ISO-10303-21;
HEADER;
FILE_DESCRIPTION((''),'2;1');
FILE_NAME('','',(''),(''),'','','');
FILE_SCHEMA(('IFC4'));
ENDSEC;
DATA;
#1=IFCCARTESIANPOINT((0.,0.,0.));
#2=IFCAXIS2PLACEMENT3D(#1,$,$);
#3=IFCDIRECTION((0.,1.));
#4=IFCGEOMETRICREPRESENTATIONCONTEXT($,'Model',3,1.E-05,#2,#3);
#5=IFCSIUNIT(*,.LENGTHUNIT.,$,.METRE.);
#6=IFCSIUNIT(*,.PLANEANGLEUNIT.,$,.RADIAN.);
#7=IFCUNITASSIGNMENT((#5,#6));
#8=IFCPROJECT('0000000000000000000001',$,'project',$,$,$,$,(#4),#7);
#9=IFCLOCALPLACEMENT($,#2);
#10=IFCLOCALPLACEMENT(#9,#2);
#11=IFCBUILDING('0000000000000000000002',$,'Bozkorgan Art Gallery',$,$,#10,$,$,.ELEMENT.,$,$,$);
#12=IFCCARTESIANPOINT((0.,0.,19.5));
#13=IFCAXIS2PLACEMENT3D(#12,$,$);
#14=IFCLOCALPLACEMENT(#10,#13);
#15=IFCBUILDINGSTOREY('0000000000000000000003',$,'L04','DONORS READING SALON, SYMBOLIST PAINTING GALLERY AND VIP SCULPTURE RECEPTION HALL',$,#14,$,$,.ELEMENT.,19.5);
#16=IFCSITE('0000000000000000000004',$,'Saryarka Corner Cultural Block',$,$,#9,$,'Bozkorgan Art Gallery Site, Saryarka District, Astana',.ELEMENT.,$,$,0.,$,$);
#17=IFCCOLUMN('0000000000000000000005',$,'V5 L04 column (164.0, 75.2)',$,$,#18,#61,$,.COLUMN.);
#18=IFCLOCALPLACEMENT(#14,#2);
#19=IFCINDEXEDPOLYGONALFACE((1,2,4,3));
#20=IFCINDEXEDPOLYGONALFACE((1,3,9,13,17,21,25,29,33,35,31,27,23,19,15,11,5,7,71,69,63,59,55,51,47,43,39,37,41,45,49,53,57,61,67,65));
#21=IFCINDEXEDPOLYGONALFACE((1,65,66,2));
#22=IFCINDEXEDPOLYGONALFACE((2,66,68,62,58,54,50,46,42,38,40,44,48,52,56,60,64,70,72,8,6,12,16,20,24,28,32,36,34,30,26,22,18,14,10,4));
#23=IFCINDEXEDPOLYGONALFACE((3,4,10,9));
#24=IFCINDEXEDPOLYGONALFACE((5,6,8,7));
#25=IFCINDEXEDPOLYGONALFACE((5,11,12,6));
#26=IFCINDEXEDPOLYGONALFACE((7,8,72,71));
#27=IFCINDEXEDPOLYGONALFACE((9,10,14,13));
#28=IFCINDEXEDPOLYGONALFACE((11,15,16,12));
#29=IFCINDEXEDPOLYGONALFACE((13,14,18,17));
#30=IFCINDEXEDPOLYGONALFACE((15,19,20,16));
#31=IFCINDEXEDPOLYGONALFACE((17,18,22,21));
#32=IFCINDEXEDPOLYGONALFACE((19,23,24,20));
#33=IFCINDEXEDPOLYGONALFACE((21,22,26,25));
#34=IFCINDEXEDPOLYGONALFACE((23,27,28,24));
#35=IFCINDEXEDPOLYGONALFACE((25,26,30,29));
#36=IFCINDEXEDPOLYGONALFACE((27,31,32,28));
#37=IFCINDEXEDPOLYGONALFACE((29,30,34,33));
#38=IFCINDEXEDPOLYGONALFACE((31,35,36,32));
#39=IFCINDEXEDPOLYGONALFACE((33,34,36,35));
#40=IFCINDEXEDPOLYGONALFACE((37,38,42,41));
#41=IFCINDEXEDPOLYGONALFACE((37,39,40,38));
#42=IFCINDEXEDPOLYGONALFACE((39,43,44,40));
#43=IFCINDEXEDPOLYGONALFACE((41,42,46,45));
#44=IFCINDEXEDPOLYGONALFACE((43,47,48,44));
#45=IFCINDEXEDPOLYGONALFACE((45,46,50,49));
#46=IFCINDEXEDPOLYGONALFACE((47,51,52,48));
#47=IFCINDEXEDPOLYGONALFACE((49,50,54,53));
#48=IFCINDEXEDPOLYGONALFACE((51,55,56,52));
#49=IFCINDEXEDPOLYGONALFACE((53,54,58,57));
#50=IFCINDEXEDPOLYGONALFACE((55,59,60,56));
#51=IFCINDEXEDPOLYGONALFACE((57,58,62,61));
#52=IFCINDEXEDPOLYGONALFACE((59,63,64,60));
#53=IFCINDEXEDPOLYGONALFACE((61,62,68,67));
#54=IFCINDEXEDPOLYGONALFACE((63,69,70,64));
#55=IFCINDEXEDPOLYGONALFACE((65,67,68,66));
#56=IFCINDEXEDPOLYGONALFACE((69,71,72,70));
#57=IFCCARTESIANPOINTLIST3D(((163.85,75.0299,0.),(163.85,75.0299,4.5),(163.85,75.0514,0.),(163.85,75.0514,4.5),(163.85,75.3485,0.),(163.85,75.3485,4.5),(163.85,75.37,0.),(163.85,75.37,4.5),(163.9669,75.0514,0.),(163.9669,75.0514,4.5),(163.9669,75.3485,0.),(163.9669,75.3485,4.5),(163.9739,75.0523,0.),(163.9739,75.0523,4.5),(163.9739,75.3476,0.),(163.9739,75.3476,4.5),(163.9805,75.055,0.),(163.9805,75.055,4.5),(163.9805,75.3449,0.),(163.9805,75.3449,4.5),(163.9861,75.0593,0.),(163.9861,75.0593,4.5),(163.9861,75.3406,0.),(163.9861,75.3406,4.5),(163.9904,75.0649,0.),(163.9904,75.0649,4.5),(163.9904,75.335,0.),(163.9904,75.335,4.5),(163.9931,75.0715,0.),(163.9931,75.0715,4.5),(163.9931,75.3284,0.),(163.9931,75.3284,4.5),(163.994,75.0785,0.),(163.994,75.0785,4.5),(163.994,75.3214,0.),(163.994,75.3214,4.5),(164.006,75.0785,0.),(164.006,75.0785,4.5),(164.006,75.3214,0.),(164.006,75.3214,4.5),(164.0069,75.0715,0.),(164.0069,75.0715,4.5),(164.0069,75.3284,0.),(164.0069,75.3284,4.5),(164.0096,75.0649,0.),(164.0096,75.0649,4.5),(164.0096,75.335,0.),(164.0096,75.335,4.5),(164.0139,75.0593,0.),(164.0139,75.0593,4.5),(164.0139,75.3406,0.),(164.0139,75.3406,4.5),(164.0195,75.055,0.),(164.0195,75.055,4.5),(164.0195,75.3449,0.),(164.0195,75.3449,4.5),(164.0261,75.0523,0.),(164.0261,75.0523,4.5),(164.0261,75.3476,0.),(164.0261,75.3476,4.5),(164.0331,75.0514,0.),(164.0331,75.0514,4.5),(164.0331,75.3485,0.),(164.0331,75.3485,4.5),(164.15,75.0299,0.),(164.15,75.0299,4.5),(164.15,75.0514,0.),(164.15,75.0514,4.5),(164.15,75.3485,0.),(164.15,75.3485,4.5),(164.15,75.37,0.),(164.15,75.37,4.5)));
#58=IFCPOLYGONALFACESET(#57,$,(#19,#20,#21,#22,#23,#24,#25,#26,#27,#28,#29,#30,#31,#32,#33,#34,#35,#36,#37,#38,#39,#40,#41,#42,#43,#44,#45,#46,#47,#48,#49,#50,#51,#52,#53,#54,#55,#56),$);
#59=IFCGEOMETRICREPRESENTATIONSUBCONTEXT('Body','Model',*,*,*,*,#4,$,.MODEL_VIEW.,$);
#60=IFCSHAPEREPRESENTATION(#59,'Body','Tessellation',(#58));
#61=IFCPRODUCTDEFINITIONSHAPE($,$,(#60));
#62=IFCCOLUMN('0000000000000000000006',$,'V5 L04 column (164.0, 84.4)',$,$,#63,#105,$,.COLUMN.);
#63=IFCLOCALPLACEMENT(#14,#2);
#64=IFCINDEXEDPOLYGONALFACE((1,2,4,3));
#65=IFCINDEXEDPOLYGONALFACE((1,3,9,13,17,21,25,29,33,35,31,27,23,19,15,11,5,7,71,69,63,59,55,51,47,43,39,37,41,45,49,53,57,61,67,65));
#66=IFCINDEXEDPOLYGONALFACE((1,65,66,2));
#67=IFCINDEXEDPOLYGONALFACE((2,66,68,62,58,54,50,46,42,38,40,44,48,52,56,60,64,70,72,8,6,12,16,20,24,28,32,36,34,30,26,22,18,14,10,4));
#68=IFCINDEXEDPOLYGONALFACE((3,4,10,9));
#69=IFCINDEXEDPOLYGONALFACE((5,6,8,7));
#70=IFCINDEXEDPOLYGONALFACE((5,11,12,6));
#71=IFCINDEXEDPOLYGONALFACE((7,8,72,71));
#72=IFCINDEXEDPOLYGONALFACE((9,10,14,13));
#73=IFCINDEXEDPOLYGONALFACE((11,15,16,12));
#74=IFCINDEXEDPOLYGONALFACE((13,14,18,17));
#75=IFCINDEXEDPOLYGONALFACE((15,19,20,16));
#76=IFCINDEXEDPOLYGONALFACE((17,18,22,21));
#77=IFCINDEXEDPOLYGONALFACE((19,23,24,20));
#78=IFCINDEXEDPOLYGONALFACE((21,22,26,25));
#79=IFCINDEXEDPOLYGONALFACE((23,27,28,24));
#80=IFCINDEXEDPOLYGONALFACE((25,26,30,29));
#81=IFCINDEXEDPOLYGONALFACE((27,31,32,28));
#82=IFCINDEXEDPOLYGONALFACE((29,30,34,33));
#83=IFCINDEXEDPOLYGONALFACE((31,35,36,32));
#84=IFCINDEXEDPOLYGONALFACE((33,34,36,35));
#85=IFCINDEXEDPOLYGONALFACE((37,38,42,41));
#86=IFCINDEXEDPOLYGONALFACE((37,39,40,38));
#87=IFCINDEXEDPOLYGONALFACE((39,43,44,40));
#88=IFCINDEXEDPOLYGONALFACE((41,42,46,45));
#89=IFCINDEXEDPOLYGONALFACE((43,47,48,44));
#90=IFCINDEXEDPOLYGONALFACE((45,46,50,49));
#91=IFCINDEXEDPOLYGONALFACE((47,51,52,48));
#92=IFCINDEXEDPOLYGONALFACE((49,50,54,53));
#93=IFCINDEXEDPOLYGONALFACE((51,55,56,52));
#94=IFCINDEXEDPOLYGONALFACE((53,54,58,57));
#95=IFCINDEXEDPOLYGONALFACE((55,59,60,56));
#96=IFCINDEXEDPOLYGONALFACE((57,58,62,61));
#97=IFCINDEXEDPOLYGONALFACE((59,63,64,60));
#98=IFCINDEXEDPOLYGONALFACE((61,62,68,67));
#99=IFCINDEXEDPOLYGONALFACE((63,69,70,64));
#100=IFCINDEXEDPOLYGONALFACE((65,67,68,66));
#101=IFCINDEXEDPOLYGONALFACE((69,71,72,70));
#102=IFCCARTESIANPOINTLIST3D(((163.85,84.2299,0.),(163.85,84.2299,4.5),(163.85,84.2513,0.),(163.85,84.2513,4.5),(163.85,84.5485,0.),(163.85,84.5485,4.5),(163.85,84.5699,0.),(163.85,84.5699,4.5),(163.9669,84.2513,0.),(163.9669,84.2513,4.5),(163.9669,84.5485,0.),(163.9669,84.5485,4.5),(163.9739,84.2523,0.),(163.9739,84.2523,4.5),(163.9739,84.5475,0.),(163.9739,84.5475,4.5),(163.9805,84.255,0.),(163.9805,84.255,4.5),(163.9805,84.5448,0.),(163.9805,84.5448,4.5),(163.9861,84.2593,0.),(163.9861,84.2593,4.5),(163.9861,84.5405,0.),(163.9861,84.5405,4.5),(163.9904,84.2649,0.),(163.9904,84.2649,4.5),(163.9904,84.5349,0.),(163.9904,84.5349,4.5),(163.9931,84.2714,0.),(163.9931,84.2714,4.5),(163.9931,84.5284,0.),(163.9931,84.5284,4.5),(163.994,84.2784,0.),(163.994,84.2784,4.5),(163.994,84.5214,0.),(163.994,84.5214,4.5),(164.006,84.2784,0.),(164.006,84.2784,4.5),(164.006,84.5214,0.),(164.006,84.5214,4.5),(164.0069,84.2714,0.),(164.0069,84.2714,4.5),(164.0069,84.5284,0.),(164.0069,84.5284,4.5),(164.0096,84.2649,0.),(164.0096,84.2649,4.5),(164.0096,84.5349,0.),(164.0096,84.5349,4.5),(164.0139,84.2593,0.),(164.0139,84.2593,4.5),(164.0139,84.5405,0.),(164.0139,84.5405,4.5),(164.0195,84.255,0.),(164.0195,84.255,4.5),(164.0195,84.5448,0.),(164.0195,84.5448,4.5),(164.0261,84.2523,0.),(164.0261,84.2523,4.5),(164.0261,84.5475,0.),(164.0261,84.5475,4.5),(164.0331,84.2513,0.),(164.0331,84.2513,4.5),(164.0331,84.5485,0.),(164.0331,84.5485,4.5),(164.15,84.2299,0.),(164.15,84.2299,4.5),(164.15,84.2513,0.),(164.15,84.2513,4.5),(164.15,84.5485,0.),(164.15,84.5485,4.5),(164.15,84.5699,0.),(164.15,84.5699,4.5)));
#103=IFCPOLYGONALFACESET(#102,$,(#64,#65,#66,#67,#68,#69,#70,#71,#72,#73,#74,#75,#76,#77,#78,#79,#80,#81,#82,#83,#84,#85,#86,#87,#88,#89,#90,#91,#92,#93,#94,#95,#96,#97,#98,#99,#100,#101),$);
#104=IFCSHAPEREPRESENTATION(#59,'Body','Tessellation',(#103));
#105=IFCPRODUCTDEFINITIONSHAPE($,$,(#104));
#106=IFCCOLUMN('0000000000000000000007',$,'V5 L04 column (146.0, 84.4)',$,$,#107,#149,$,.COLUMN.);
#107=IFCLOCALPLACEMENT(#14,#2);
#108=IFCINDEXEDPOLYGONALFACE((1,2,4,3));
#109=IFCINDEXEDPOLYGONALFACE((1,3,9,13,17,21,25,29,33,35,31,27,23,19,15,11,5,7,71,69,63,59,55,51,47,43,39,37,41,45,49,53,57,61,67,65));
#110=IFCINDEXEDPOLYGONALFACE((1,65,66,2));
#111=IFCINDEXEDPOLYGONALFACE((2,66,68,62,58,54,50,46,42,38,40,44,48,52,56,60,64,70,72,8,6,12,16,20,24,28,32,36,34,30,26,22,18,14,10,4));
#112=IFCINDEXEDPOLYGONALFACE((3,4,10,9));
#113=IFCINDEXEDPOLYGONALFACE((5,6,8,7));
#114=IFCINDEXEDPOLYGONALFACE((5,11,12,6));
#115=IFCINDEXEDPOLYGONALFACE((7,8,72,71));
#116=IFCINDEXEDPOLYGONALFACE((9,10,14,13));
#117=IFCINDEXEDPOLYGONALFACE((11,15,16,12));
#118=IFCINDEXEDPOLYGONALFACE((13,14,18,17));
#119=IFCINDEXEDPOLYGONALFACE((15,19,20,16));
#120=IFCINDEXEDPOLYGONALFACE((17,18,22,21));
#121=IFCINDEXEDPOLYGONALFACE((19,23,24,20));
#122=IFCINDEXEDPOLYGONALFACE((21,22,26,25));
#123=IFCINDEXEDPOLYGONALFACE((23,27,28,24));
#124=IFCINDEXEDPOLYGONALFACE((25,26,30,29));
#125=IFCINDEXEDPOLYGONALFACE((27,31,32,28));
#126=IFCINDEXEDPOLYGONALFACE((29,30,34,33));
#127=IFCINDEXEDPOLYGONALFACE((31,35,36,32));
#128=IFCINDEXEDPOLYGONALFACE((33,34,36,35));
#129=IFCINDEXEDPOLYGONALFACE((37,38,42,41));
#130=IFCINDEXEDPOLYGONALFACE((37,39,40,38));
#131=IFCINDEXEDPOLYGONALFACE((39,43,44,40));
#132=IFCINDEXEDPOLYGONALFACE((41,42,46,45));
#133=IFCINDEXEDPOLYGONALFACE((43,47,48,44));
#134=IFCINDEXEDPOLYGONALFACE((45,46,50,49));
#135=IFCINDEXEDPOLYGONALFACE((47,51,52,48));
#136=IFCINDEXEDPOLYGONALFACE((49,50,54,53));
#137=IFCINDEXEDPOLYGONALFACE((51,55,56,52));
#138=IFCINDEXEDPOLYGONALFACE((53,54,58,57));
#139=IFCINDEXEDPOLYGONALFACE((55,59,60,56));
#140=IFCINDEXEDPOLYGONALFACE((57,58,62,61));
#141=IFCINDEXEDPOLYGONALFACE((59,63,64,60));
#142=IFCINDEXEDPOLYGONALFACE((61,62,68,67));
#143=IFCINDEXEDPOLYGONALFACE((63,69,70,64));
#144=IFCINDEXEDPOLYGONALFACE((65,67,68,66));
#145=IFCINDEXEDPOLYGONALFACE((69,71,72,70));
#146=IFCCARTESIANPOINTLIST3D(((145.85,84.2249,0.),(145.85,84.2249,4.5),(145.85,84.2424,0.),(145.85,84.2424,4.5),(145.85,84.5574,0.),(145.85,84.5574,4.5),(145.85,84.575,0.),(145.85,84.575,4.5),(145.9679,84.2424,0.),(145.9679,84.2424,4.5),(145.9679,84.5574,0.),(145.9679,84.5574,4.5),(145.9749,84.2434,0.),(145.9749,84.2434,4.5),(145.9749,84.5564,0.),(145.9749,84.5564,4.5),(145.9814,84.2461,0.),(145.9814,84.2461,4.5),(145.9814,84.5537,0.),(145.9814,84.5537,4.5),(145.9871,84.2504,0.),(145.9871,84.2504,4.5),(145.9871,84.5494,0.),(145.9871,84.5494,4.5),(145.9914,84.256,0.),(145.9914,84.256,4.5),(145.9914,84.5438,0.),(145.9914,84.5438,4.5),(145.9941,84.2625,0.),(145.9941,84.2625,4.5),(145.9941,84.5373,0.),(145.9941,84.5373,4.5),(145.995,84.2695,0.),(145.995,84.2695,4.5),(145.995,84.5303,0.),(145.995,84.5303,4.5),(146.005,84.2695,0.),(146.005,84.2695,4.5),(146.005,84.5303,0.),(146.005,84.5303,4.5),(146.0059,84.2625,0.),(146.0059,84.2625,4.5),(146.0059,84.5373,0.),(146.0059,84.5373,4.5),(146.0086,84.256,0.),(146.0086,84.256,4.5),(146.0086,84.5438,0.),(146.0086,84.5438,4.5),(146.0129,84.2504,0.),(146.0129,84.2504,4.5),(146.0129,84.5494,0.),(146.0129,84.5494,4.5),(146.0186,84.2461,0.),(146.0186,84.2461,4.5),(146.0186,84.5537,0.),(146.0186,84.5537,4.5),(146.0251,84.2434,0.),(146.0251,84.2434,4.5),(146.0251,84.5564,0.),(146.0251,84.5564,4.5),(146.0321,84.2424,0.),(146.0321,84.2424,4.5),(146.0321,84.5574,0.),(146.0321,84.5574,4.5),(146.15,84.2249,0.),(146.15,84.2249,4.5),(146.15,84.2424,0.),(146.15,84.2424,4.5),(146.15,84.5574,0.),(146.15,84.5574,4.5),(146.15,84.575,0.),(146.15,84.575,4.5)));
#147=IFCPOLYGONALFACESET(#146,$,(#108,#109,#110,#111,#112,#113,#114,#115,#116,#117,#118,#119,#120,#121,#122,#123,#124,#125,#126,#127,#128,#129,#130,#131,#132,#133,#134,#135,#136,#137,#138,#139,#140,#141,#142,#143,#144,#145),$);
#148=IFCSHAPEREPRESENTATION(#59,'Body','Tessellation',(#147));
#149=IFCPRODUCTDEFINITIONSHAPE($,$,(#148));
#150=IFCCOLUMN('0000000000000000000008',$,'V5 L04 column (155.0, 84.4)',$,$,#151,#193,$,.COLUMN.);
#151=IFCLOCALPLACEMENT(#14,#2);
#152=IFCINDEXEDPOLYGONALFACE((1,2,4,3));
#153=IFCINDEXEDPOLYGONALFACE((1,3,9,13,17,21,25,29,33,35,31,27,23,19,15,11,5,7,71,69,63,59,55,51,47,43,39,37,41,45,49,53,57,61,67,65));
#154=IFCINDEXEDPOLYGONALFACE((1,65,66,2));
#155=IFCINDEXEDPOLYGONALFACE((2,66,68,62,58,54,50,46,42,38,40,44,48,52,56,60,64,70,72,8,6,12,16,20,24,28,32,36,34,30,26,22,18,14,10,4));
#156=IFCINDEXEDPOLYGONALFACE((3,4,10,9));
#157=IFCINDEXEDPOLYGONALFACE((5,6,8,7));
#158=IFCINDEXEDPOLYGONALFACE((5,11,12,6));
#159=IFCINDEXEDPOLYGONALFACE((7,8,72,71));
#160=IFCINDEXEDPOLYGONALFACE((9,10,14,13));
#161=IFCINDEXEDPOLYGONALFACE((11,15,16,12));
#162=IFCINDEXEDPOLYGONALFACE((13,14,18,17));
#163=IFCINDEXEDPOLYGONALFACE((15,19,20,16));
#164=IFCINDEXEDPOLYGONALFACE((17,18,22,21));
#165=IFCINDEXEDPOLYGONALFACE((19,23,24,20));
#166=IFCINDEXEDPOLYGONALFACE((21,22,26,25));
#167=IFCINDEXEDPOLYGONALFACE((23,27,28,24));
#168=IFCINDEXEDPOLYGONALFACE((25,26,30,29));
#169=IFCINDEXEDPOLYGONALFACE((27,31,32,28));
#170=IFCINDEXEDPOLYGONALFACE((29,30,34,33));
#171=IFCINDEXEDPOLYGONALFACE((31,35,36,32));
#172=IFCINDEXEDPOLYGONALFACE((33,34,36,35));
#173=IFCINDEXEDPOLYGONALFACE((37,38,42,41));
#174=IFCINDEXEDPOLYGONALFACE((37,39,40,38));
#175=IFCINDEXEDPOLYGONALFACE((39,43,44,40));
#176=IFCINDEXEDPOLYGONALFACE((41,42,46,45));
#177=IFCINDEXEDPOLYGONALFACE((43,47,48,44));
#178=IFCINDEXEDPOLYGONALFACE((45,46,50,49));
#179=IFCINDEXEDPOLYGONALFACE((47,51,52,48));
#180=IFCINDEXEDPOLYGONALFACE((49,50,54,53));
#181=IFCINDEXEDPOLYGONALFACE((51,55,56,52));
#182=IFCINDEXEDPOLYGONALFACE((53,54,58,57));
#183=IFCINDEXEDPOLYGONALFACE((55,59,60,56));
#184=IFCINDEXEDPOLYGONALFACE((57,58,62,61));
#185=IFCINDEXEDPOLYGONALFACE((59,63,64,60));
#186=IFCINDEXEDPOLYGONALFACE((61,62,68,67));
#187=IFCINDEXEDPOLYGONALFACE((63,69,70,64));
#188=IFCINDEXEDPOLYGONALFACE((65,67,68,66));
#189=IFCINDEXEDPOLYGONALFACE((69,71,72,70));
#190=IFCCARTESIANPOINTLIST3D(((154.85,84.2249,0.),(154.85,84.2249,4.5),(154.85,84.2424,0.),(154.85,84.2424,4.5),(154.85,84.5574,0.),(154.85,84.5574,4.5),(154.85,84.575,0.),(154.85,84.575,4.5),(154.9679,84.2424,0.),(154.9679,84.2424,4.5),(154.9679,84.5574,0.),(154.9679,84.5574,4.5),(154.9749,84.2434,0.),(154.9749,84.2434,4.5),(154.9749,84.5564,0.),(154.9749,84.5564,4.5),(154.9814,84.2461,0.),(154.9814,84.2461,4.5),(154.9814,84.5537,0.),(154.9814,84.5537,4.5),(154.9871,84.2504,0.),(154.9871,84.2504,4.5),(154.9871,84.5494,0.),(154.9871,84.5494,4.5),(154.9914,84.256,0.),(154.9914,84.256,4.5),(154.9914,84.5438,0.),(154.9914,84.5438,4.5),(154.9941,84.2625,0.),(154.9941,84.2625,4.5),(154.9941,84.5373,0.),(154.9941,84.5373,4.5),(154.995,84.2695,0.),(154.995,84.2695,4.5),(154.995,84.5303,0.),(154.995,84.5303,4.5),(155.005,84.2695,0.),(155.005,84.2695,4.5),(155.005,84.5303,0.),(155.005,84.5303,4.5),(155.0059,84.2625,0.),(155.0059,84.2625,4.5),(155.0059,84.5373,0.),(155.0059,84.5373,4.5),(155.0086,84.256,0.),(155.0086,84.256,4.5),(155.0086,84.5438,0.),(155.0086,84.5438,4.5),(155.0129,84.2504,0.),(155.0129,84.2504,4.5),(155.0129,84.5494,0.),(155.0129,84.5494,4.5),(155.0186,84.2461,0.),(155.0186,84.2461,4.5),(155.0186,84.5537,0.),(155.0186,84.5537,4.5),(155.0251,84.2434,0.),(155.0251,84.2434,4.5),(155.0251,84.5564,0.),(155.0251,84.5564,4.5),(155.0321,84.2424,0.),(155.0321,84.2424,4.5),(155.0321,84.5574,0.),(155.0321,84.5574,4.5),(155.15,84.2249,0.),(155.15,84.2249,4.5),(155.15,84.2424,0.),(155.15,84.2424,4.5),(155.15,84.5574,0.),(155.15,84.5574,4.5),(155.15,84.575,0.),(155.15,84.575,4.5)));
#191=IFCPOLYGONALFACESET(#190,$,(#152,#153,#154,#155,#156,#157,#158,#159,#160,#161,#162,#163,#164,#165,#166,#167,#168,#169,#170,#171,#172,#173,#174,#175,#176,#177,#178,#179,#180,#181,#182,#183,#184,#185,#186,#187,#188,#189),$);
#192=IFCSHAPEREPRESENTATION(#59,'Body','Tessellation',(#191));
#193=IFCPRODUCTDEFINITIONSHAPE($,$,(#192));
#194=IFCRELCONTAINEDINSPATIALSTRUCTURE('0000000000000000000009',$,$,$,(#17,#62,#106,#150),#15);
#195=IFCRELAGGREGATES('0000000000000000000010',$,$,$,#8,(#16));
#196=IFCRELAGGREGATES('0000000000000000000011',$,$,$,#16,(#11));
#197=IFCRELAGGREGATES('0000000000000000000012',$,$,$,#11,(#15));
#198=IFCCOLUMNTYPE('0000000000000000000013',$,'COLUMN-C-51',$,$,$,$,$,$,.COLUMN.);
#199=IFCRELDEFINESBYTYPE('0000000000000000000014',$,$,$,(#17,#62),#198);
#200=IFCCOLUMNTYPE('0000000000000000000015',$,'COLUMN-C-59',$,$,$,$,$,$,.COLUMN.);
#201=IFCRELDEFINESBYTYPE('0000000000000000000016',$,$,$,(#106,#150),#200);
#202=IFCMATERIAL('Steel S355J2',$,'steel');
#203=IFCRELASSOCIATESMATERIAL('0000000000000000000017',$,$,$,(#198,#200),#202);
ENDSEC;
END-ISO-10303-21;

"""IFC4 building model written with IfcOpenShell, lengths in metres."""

from ifc_helpers import new_model, si_unit, direction, frame, origin, origin_2d, place, context, subcontext, project, spatial, i_section, extrude, material, material_profile, profile_set, type_object, element, save


model = new_model("IFC4")

# Units and contexts
model_context = context("Model", 3, precision=1e-05, world=origin(), true_north=direction((0.0, 1.0)))
body_context = subcontext(model_context, "Body", "Model", "MODEL_VIEW")
ifc_project = project(units=[si_unit("LENGTHUNIT", "METRE"), si_unit("PLANEANGLEUNIT", "RADIAN")], contexts=[model_context])

# Site, building, storey
site_placement = place(None, origin())
site = spatial("IfcSite", under=ifc_project, at=site_placement, Name="Saryarka Corner Cultural Block", LongName="Bozkorgan Art Gallery Site, Saryarka District, Astana", CompositionType="ELEMENT", RefElevation=0.0)
building_placement = place(site_placement, origin())
building = spatial("IfcBuilding", under=site, at=building_placement, Name="Bozkorgan Art Gallery", CompositionType="ELEMENT")
storey_placement = place(building_placement, frame((0.0, 0.0, 19.5)))
storey = spatial("IfcBuildingStorey", under=building, at=storey_placement, Name="L04", Description="DONORS READING SALON, SYMBOLIST PAINTING GALLERY AND VIP SCULPTURE RECEPTION HALL", CompositionType="ELEMENT", Elevation=19.5)

# Columns
ifc_material_1 = material(Name="Steel S355J2", Category="steel")
ifc_material_profile_1 = material_profile(ifc_material_1, i_section(OverallWidth=0.3, OverallDepth=0.3401, WebThickness=0.012, FlangeThickness=0.0215, FilletRadius=0.0271, at=origin_2d()), Name="HEB 340")
ifc_profile_set_1 = profile_set([ifc_material_profile_1], Name="Steel S355J2")
column_type_1 = type_object("IfcColumnType", Name="COLUMN-C-51", PredefinedType="COLUMN", material=ifc_profile_set_1)
for number, where, z_axis, x_axis, name in (
    (1, (164.0, 75.2, 0.0), (0.0, 0.0, 1.0), (1.0, 0.0, 0.0), "V5 L04 column (164.0, 75.2)"),
    (2, (164.0, 84.3999, 0.0), (0.0, 0.0, 1.0), (1.0, 0.0, 0.0), "V5 L04 column (164.0, 84.4)"),
):
    element("IfcColumn", number, at=place(storey_placement, frame(where, z_axis=z_axis, x_axis=x_axis)), inside=storey, type_object=column_type_1, Name=name, PredefinedType="COLUMN", context=body_context, shape_type="SweptSolid", body=[
        extrude(i_section(OverallWidth=0.3, OverallDepth=0.3401, WebThickness=0.012, FlangeThickness=0.0215, FilletRadius=0.0271, at=origin_2d()), origin(), (0.0, 0.0, 1.0), 4.5),
    ])
ifc_material_profile_2 = material_profile(ifc_material_1, i_section(OverallWidth=0.3, OverallDepth=0.3501, WebThickness=0.01, FlangeThickness=0.0176, FilletRadius=0.0271, at=origin_2d()), Name="HEA 360")
ifc_profile_set_2 = profile_set([ifc_material_profile_2], Name="Steel S355J2")
column_type_2 = type_object("IfcColumnType", Name="COLUMN-C-59", PredefinedType="COLUMN", material=ifc_profile_set_2)
for number, where, z_axis, x_axis, name in (
    (3, (146.0, 84.3999, 0.0), (0.0, 0.0, 1.0), (1.0, 0.0, 0.0), "V5 L04 column (146.0, 84.4)"),
    (4, (155.0, 84.3999, 0.0), (0.0, 0.0, 1.0), (1.0, 0.0, 0.0), "V5 L04 column (155.0, 84.4)"),
):
    element("IfcColumn", number, at=place(storey_placement, frame(where, z_axis=z_axis, x_axis=x_axis)), inside=storey, type_object=column_type_2, Name=name, PredefinedType="COLUMN", context=body_context, shape_type="SweptSolid", body=[
        extrude(i_section(OverallWidth=0.3, OverallDepth=0.3501, WebThickness=0.01, FlangeThickness=0.0176, FilletRadius=0.0271, at=origin_2d()), origin(), (0.0, 0.0, 1.0), 4.5),
    ])

save(model, "model.ifc")
